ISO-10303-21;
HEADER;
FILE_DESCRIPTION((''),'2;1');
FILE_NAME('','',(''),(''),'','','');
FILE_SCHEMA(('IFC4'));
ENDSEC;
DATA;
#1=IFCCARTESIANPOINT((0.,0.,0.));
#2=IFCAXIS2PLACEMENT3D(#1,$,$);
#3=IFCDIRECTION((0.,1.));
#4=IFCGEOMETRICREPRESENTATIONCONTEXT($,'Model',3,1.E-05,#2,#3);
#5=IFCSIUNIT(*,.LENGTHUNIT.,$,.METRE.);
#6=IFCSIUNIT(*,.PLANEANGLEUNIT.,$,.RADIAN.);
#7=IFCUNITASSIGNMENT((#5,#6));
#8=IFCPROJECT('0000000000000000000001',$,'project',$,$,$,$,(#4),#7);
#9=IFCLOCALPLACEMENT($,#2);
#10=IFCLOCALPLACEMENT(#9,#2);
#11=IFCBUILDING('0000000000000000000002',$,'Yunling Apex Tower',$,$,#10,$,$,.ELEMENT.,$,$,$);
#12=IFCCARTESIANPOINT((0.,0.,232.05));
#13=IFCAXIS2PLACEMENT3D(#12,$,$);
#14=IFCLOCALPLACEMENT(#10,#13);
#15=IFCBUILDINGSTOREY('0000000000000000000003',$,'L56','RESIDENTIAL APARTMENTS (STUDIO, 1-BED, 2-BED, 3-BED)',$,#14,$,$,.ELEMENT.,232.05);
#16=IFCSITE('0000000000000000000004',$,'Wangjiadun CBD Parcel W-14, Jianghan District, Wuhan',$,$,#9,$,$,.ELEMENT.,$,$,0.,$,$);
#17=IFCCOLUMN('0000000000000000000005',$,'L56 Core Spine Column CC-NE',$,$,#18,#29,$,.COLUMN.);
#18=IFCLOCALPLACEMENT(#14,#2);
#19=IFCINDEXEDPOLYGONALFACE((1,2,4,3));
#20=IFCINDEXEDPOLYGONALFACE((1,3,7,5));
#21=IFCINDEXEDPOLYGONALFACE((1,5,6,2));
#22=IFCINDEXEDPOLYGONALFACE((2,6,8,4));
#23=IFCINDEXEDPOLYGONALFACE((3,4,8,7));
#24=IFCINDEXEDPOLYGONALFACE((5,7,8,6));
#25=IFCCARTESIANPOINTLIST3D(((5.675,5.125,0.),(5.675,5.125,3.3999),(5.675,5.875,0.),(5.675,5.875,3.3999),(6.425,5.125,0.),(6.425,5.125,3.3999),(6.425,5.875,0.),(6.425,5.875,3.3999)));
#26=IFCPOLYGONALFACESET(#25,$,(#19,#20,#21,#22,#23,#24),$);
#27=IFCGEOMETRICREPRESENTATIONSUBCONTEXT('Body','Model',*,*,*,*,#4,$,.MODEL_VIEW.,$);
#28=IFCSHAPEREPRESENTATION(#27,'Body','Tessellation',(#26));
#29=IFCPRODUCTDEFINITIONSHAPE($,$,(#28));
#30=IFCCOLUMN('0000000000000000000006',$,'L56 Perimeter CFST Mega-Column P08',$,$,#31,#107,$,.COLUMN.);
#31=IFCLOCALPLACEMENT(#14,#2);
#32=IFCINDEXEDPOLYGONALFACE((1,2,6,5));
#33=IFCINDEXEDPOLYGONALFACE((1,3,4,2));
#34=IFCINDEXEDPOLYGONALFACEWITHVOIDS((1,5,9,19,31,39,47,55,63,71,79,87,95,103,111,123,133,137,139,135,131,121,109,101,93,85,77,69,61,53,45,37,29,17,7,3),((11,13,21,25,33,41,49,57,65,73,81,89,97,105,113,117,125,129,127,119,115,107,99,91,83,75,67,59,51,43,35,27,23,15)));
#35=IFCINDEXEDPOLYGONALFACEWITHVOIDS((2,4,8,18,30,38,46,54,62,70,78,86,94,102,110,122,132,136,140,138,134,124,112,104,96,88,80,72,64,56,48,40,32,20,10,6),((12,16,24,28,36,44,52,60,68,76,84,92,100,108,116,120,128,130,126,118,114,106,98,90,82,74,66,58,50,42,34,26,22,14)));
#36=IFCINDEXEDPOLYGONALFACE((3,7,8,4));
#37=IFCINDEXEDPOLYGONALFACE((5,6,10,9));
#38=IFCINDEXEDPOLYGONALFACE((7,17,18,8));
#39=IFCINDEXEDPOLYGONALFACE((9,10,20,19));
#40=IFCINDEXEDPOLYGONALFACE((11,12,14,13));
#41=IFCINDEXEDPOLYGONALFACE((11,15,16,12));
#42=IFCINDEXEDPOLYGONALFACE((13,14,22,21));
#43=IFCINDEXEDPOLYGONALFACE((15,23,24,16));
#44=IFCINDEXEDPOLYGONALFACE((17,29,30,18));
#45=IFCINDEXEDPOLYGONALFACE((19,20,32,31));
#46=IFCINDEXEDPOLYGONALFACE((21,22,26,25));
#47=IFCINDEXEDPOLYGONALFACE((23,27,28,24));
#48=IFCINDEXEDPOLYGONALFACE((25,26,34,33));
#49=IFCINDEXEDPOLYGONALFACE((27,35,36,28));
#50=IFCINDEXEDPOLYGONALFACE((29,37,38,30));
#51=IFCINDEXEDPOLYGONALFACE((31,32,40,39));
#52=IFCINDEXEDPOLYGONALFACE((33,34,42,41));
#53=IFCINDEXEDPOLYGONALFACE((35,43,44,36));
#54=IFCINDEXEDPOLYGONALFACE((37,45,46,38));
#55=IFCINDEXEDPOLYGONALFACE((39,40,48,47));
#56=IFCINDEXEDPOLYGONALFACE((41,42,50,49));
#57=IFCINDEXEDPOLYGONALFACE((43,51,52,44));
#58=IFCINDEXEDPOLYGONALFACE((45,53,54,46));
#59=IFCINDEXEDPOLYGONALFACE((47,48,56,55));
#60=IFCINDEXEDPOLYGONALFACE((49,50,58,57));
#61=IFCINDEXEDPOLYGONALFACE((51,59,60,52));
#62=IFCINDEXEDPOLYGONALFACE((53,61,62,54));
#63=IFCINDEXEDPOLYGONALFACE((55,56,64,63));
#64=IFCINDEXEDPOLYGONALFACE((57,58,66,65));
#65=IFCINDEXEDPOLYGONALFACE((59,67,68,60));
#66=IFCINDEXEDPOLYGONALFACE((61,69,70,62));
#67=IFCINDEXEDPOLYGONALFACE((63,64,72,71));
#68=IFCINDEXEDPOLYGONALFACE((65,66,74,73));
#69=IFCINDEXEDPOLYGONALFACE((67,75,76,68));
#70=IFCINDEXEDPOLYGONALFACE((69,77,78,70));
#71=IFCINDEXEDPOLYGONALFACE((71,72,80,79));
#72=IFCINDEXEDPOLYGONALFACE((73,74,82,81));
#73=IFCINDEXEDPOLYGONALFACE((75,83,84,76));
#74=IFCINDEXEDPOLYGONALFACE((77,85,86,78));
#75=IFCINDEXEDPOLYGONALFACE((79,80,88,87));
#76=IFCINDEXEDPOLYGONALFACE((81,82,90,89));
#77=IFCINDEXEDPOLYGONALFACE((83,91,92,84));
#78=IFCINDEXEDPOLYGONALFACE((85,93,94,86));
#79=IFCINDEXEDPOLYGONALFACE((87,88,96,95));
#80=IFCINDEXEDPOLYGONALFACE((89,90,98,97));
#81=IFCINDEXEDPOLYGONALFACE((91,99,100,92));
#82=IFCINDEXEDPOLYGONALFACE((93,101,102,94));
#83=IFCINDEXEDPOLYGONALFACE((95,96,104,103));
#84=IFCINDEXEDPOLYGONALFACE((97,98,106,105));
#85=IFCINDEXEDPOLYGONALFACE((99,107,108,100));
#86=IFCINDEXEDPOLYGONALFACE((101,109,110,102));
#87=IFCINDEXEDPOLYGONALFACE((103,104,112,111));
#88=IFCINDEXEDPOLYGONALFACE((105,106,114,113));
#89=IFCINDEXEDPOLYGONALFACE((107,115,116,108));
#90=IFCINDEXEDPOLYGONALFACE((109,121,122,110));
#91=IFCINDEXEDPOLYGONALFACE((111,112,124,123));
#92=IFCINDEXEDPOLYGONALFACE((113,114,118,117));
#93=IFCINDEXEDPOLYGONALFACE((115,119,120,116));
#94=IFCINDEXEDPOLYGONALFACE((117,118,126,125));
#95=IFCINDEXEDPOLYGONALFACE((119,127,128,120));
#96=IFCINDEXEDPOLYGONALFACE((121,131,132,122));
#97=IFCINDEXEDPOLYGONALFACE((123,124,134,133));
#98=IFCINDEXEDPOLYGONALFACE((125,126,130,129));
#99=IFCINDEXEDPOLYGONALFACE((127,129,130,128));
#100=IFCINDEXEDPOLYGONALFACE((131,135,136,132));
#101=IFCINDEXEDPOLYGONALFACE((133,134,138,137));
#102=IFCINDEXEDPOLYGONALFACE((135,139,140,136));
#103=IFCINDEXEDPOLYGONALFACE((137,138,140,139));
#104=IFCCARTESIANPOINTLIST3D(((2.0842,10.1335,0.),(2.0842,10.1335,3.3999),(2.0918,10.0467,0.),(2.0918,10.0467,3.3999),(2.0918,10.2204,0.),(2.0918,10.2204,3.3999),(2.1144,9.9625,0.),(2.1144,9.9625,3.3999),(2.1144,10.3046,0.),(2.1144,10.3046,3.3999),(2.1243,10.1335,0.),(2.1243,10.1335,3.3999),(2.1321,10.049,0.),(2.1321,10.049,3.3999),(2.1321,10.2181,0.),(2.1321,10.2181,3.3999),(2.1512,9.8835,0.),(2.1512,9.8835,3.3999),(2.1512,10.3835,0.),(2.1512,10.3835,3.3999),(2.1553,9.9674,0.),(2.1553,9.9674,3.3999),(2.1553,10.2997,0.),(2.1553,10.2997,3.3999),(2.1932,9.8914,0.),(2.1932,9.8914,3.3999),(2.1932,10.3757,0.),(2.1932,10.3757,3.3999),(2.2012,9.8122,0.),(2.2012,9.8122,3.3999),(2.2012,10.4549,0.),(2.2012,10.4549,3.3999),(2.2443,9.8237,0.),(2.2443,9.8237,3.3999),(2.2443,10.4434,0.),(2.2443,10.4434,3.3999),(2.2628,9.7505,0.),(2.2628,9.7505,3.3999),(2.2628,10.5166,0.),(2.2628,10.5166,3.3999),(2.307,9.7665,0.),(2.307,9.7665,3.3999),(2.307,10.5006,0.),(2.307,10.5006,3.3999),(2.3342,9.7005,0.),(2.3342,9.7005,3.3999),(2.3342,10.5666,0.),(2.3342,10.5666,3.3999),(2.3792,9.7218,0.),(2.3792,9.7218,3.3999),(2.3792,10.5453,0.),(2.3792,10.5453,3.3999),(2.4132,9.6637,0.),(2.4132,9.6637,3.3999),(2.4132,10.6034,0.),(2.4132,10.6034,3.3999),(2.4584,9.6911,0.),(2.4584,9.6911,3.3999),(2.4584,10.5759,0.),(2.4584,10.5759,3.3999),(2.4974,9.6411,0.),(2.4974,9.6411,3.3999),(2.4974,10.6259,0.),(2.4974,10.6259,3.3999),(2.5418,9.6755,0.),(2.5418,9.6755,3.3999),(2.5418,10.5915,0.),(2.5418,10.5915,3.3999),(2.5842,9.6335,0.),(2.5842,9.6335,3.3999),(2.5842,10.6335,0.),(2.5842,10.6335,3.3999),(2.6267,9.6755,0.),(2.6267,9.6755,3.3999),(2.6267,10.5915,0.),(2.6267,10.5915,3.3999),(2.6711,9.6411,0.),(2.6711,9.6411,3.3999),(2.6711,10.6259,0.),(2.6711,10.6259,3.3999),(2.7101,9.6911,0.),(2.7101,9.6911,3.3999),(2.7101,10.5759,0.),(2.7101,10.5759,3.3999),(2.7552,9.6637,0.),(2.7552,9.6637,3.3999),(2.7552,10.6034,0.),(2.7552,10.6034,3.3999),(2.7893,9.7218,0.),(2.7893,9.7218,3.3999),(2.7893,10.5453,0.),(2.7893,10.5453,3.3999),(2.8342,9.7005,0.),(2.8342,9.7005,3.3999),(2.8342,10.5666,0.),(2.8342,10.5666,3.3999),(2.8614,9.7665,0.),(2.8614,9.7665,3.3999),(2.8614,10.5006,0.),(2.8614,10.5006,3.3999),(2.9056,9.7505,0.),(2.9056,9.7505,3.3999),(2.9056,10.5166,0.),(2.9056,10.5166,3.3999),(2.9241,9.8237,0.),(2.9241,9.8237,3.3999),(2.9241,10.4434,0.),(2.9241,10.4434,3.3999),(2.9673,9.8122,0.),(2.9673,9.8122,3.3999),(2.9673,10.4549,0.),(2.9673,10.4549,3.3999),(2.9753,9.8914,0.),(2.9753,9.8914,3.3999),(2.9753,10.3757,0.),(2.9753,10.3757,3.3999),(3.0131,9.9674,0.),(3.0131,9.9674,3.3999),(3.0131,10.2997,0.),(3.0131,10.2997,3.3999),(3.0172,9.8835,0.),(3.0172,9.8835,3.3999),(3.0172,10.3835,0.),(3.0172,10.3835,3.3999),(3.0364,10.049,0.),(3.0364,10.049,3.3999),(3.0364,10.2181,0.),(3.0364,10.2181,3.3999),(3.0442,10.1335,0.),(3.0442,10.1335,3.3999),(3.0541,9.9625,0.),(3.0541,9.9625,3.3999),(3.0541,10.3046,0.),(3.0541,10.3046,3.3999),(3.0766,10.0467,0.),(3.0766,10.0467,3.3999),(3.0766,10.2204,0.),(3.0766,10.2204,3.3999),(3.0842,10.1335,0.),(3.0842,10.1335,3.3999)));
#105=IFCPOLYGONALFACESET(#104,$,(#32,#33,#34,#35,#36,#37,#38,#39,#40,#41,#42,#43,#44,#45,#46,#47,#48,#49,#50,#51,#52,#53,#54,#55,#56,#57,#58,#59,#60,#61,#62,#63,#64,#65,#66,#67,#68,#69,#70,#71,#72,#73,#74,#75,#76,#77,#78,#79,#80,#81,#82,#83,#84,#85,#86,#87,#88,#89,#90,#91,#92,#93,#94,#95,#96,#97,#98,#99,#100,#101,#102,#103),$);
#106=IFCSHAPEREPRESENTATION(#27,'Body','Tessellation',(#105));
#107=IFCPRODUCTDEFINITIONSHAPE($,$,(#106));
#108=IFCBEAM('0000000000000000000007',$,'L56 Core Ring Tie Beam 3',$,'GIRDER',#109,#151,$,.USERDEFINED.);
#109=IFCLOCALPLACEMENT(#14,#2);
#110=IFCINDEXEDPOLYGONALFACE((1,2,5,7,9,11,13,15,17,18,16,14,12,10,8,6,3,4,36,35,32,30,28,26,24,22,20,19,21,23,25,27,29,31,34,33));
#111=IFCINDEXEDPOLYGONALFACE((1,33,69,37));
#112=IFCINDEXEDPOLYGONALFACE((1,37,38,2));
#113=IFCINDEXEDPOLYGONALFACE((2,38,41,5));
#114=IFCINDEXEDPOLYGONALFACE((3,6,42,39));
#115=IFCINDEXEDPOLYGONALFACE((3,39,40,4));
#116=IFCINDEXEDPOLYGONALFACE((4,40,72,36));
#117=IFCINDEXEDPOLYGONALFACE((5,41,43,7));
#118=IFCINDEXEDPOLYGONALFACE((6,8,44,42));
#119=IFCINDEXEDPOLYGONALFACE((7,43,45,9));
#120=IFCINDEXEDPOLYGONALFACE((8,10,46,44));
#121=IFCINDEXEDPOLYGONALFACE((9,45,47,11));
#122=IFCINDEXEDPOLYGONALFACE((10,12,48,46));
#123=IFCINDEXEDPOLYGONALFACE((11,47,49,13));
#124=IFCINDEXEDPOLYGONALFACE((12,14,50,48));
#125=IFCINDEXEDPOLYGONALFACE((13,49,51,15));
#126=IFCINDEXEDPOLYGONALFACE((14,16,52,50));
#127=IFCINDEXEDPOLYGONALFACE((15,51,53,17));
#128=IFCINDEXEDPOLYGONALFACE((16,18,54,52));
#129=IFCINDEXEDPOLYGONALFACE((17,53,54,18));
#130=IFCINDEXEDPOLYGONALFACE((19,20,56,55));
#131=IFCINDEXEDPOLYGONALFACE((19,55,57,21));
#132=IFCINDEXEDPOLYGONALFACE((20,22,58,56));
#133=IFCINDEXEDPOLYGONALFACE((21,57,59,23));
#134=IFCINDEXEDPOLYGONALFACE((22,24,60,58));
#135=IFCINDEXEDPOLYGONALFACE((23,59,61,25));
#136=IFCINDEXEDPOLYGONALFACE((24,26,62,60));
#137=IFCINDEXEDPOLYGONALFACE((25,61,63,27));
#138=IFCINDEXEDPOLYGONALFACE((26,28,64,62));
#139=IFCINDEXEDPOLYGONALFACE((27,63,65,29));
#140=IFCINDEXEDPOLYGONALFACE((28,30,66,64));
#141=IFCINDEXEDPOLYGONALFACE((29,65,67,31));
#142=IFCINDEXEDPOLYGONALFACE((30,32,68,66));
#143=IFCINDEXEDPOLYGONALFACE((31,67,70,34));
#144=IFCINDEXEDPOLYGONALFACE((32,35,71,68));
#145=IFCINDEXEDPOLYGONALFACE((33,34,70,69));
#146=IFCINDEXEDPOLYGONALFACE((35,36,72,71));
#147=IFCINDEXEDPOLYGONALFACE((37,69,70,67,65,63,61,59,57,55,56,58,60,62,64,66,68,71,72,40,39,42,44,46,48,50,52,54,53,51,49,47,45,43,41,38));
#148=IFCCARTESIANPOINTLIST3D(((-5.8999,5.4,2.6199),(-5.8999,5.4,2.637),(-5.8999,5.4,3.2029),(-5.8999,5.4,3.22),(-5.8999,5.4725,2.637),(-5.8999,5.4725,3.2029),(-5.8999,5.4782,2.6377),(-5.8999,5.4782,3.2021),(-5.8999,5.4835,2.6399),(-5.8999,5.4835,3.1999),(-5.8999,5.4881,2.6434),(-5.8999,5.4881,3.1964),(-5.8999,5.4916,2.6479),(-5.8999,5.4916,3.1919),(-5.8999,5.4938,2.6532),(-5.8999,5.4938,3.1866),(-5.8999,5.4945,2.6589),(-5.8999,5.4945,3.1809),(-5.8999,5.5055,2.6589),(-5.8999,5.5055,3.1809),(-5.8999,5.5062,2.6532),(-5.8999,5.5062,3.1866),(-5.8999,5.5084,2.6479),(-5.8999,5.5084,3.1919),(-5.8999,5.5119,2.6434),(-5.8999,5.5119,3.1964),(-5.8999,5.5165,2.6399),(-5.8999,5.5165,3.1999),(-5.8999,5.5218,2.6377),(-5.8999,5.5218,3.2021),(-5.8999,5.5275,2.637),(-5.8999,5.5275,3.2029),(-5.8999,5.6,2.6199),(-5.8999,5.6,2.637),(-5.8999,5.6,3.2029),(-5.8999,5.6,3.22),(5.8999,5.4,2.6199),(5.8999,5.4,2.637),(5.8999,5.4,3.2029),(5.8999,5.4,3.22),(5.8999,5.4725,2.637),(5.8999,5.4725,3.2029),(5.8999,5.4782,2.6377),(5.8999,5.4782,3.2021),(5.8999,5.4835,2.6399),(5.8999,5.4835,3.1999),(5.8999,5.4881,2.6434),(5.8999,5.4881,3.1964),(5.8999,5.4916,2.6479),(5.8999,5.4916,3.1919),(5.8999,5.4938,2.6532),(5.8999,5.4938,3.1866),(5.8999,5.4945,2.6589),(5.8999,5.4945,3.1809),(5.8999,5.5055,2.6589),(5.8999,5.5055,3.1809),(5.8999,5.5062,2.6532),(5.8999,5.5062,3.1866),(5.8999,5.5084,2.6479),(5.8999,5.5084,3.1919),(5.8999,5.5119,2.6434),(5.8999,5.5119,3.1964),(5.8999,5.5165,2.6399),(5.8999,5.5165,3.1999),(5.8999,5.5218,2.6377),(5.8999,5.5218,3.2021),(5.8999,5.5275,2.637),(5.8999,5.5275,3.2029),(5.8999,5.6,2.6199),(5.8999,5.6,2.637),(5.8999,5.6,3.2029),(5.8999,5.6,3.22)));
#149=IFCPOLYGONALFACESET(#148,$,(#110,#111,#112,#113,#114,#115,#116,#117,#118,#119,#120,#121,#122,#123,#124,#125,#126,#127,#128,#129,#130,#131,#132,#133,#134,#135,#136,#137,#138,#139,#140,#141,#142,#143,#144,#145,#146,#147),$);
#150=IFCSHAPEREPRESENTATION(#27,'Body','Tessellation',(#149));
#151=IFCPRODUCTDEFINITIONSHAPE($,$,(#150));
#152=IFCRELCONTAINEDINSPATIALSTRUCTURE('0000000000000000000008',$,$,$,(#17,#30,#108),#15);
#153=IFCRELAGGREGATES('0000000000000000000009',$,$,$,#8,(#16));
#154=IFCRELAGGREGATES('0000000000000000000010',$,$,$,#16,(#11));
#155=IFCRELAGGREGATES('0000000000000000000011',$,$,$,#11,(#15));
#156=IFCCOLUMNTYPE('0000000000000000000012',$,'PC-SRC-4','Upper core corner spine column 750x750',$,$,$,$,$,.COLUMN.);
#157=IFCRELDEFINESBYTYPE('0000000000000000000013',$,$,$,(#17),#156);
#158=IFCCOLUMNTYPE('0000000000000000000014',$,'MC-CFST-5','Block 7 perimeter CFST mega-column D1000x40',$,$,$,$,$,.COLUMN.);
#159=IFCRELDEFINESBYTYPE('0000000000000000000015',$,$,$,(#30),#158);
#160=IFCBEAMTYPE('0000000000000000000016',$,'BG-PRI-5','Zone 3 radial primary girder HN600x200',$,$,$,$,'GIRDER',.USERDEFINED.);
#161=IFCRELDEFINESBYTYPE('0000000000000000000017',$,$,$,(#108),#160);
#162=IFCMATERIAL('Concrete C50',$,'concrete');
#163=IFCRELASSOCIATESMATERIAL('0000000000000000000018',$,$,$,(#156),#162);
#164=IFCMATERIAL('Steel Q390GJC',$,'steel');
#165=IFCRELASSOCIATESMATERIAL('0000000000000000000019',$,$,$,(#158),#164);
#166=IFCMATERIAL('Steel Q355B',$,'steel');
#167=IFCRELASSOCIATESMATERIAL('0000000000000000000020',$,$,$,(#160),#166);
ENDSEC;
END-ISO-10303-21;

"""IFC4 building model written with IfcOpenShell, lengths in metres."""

from ifc_helpers import new_model, si_unit, direction, frame, origin, origin_2d, place, context, subcontext, project, spatial, rectangle, hollow_circle, i_section, extrude, source, transform, mapped, material, material_profile, profile_set, type_object, element, save


model = new_model("IFC4")

# Units and contexts
model_context = context("Model", 3, precision=1e-05, world=origin(), true_north=direction((0.0, 1.0)))
body_context = subcontext(model_context, "Body", "Model", "MODEL_VIEW")
ifc_project = project(units=[si_unit("LENGTHUNIT", "METRE"), si_unit("PLANEANGLEUNIT", "RADIAN")], contexts=[model_context])

# Site, building, storey
site_placement = place(None, origin())
site = spatial("IfcSite", under=ifc_project, at=site_placement, Name="Wangjiadun CBD Parcel W-14, Jianghan District, Wuhan", CompositionType="ELEMENT", RefElevation=0.0)
building_placement = place(site_placement, origin())
building = spatial("IfcBuilding", under=site, at=building_placement, Name="Yunling Apex Tower", CompositionType="ELEMENT")
storey_placement = place(building_placement, frame((0.0, 0.0, 232.05)))
storey = spatial("IfcBuildingStorey", under=building, at=storey_placement, Name="L56", Description="RESIDENTIAL APARTMENTS (STUDIO, 1-BED, 2-BED, 3-BED)", CompositionType="ELEMENT", Elevation=232.05)

# Columns
ifc_material_1 = material(Name="Concrete C50", Category="concrete")
ifc_material_profile_1 = material_profile(ifc_material_1, rectangle(XDim=0.75, YDim=0.75, at=origin_2d()))
ifc_profile_set_1 = profile_set([ifc_material_profile_1], Name="Concrete C50")
column_type_1 = type_object("IfcColumnType", Name="PC-SRC-4", Description="Upper core corner spine column 750x750", PredefinedType="COLUMN", material=ifc_profile_set_1)
shared_shape_1 = source(origin(), body_context, "Body", "SweptSolid", [
    extrude(rectangle(XDim=0.75, YDim=0.75, at=origin_2d()), origin(), (0.0, 0.0, 1.0), 3.3999),
])
column_1_placement = place(storey_placement, frame((6.05, 5.5, 0.0), z_axis=(0.0, 0.0, 1.0), x_axis=(1.0, 0.0, 0.0)))
element("IfcColumn", 1, at=column_1_placement, inside=storey, type_object=column_type_1, Name="L56 Core Spine Column CC-NE", PredefinedType="COLUMN", context=body_context, shape_type="MappedRepresentation", body=[
    mapped(shared_shape_1, transform((0.0, 0.0, 0.0), scale=1.0)),
])
ifc_material_2 = material(Name="Steel Q390GJC", Category="steel")
ifc_material_profile_2 = material_profile(ifc_material_2, hollow_circle(Radius=0.5, WallThickness=0.04, at=origin_2d()))
ifc_profile_set_2 = profile_set([ifc_material_profile_2], Name="Steel Q390GJC")
column_type_2 = type_object("IfcColumnType", Name="MC-CFST-5", Description="Block 7 perimeter CFST mega-column D1000x40", PredefinedType="COLUMN", material=ifc_profile_set_2)
shared_shape_2 = source(origin(), body_context, "Body", "SweptSolid", [
    extrude(hollow_circle(Radius=0.5, WallThickness=0.04, at=origin_2d()), origin(), (0.0, 0.0, 1.0), 3.3999),
])
column_2_placement = place(storey_placement, frame((2.5842, 10.1335, 0.0), z_axis=(0.0, 0.0, 1.0), x_axis=(1.0, 0.0, 0.0)))
element("IfcColumn", 2, at=column_2_placement, inside=storey, type_object=column_type_2, Name="L56 Perimeter CFST Mega-Column P08", PredefinedType="COLUMN", context=body_context, shape_type="MappedRepresentation", body=[
    mapped(shared_shape_2, transform((0.0, 0.0, 0.0), scale=1.0)),
])

# Beam
ifc_material_3 = material(Name="Steel Q355B", Category="steel")
ifc_material_profile_3 = material_profile(ifc_material_3, i_section(OverallWidth=0.2, OverallDepth=0.6001, WebThickness=0.011, FlangeThickness=0.0171, FilletRadius=0.022, at=origin_2d()))
ifc_profile_set_3 = profile_set([ifc_material_profile_3], Name="Steel Q355B")
beam_type_1 = type_object("IfcBeamType", Name="BG-PRI-5", Description="Zone 3 radial primary girder HN600x200", ElementType="GIRDER", PredefinedType="USERDEFINED", material=ifc_profile_set_3)
shared_shape_3 = source(origin(), body_context, "Body", "SweptSolid", [
    extrude(i_section(OverallWidth=0.2, OverallDepth=0.6001, WebThickness=0.011, FlangeThickness=0.0171, FilletRadius=0.022, at=origin_2d()), origin(), (0.0, 0.0, 1.0), 11.7998),
])
beam_1_placement = place(storey_placement, frame((5.8999, 5.5, 2.9199), z_axis=(-1.0, 0.0, 0.0), x_axis=(0.0, -1.0, 0.0)))
element("IfcBeam", 3, at=beam_1_placement, inside=storey, type_object=beam_type_1, Name="L56 Core Ring Tie Beam 3", ObjectType="GIRDER", PredefinedType="USERDEFINED", context=body_context, shape_type="MappedRepresentation", body=[
    mapped(shared_shape_3, transform((0.0, 0.0, 0.0), scale=1.0)),
])

save(model, "model.ifc")
